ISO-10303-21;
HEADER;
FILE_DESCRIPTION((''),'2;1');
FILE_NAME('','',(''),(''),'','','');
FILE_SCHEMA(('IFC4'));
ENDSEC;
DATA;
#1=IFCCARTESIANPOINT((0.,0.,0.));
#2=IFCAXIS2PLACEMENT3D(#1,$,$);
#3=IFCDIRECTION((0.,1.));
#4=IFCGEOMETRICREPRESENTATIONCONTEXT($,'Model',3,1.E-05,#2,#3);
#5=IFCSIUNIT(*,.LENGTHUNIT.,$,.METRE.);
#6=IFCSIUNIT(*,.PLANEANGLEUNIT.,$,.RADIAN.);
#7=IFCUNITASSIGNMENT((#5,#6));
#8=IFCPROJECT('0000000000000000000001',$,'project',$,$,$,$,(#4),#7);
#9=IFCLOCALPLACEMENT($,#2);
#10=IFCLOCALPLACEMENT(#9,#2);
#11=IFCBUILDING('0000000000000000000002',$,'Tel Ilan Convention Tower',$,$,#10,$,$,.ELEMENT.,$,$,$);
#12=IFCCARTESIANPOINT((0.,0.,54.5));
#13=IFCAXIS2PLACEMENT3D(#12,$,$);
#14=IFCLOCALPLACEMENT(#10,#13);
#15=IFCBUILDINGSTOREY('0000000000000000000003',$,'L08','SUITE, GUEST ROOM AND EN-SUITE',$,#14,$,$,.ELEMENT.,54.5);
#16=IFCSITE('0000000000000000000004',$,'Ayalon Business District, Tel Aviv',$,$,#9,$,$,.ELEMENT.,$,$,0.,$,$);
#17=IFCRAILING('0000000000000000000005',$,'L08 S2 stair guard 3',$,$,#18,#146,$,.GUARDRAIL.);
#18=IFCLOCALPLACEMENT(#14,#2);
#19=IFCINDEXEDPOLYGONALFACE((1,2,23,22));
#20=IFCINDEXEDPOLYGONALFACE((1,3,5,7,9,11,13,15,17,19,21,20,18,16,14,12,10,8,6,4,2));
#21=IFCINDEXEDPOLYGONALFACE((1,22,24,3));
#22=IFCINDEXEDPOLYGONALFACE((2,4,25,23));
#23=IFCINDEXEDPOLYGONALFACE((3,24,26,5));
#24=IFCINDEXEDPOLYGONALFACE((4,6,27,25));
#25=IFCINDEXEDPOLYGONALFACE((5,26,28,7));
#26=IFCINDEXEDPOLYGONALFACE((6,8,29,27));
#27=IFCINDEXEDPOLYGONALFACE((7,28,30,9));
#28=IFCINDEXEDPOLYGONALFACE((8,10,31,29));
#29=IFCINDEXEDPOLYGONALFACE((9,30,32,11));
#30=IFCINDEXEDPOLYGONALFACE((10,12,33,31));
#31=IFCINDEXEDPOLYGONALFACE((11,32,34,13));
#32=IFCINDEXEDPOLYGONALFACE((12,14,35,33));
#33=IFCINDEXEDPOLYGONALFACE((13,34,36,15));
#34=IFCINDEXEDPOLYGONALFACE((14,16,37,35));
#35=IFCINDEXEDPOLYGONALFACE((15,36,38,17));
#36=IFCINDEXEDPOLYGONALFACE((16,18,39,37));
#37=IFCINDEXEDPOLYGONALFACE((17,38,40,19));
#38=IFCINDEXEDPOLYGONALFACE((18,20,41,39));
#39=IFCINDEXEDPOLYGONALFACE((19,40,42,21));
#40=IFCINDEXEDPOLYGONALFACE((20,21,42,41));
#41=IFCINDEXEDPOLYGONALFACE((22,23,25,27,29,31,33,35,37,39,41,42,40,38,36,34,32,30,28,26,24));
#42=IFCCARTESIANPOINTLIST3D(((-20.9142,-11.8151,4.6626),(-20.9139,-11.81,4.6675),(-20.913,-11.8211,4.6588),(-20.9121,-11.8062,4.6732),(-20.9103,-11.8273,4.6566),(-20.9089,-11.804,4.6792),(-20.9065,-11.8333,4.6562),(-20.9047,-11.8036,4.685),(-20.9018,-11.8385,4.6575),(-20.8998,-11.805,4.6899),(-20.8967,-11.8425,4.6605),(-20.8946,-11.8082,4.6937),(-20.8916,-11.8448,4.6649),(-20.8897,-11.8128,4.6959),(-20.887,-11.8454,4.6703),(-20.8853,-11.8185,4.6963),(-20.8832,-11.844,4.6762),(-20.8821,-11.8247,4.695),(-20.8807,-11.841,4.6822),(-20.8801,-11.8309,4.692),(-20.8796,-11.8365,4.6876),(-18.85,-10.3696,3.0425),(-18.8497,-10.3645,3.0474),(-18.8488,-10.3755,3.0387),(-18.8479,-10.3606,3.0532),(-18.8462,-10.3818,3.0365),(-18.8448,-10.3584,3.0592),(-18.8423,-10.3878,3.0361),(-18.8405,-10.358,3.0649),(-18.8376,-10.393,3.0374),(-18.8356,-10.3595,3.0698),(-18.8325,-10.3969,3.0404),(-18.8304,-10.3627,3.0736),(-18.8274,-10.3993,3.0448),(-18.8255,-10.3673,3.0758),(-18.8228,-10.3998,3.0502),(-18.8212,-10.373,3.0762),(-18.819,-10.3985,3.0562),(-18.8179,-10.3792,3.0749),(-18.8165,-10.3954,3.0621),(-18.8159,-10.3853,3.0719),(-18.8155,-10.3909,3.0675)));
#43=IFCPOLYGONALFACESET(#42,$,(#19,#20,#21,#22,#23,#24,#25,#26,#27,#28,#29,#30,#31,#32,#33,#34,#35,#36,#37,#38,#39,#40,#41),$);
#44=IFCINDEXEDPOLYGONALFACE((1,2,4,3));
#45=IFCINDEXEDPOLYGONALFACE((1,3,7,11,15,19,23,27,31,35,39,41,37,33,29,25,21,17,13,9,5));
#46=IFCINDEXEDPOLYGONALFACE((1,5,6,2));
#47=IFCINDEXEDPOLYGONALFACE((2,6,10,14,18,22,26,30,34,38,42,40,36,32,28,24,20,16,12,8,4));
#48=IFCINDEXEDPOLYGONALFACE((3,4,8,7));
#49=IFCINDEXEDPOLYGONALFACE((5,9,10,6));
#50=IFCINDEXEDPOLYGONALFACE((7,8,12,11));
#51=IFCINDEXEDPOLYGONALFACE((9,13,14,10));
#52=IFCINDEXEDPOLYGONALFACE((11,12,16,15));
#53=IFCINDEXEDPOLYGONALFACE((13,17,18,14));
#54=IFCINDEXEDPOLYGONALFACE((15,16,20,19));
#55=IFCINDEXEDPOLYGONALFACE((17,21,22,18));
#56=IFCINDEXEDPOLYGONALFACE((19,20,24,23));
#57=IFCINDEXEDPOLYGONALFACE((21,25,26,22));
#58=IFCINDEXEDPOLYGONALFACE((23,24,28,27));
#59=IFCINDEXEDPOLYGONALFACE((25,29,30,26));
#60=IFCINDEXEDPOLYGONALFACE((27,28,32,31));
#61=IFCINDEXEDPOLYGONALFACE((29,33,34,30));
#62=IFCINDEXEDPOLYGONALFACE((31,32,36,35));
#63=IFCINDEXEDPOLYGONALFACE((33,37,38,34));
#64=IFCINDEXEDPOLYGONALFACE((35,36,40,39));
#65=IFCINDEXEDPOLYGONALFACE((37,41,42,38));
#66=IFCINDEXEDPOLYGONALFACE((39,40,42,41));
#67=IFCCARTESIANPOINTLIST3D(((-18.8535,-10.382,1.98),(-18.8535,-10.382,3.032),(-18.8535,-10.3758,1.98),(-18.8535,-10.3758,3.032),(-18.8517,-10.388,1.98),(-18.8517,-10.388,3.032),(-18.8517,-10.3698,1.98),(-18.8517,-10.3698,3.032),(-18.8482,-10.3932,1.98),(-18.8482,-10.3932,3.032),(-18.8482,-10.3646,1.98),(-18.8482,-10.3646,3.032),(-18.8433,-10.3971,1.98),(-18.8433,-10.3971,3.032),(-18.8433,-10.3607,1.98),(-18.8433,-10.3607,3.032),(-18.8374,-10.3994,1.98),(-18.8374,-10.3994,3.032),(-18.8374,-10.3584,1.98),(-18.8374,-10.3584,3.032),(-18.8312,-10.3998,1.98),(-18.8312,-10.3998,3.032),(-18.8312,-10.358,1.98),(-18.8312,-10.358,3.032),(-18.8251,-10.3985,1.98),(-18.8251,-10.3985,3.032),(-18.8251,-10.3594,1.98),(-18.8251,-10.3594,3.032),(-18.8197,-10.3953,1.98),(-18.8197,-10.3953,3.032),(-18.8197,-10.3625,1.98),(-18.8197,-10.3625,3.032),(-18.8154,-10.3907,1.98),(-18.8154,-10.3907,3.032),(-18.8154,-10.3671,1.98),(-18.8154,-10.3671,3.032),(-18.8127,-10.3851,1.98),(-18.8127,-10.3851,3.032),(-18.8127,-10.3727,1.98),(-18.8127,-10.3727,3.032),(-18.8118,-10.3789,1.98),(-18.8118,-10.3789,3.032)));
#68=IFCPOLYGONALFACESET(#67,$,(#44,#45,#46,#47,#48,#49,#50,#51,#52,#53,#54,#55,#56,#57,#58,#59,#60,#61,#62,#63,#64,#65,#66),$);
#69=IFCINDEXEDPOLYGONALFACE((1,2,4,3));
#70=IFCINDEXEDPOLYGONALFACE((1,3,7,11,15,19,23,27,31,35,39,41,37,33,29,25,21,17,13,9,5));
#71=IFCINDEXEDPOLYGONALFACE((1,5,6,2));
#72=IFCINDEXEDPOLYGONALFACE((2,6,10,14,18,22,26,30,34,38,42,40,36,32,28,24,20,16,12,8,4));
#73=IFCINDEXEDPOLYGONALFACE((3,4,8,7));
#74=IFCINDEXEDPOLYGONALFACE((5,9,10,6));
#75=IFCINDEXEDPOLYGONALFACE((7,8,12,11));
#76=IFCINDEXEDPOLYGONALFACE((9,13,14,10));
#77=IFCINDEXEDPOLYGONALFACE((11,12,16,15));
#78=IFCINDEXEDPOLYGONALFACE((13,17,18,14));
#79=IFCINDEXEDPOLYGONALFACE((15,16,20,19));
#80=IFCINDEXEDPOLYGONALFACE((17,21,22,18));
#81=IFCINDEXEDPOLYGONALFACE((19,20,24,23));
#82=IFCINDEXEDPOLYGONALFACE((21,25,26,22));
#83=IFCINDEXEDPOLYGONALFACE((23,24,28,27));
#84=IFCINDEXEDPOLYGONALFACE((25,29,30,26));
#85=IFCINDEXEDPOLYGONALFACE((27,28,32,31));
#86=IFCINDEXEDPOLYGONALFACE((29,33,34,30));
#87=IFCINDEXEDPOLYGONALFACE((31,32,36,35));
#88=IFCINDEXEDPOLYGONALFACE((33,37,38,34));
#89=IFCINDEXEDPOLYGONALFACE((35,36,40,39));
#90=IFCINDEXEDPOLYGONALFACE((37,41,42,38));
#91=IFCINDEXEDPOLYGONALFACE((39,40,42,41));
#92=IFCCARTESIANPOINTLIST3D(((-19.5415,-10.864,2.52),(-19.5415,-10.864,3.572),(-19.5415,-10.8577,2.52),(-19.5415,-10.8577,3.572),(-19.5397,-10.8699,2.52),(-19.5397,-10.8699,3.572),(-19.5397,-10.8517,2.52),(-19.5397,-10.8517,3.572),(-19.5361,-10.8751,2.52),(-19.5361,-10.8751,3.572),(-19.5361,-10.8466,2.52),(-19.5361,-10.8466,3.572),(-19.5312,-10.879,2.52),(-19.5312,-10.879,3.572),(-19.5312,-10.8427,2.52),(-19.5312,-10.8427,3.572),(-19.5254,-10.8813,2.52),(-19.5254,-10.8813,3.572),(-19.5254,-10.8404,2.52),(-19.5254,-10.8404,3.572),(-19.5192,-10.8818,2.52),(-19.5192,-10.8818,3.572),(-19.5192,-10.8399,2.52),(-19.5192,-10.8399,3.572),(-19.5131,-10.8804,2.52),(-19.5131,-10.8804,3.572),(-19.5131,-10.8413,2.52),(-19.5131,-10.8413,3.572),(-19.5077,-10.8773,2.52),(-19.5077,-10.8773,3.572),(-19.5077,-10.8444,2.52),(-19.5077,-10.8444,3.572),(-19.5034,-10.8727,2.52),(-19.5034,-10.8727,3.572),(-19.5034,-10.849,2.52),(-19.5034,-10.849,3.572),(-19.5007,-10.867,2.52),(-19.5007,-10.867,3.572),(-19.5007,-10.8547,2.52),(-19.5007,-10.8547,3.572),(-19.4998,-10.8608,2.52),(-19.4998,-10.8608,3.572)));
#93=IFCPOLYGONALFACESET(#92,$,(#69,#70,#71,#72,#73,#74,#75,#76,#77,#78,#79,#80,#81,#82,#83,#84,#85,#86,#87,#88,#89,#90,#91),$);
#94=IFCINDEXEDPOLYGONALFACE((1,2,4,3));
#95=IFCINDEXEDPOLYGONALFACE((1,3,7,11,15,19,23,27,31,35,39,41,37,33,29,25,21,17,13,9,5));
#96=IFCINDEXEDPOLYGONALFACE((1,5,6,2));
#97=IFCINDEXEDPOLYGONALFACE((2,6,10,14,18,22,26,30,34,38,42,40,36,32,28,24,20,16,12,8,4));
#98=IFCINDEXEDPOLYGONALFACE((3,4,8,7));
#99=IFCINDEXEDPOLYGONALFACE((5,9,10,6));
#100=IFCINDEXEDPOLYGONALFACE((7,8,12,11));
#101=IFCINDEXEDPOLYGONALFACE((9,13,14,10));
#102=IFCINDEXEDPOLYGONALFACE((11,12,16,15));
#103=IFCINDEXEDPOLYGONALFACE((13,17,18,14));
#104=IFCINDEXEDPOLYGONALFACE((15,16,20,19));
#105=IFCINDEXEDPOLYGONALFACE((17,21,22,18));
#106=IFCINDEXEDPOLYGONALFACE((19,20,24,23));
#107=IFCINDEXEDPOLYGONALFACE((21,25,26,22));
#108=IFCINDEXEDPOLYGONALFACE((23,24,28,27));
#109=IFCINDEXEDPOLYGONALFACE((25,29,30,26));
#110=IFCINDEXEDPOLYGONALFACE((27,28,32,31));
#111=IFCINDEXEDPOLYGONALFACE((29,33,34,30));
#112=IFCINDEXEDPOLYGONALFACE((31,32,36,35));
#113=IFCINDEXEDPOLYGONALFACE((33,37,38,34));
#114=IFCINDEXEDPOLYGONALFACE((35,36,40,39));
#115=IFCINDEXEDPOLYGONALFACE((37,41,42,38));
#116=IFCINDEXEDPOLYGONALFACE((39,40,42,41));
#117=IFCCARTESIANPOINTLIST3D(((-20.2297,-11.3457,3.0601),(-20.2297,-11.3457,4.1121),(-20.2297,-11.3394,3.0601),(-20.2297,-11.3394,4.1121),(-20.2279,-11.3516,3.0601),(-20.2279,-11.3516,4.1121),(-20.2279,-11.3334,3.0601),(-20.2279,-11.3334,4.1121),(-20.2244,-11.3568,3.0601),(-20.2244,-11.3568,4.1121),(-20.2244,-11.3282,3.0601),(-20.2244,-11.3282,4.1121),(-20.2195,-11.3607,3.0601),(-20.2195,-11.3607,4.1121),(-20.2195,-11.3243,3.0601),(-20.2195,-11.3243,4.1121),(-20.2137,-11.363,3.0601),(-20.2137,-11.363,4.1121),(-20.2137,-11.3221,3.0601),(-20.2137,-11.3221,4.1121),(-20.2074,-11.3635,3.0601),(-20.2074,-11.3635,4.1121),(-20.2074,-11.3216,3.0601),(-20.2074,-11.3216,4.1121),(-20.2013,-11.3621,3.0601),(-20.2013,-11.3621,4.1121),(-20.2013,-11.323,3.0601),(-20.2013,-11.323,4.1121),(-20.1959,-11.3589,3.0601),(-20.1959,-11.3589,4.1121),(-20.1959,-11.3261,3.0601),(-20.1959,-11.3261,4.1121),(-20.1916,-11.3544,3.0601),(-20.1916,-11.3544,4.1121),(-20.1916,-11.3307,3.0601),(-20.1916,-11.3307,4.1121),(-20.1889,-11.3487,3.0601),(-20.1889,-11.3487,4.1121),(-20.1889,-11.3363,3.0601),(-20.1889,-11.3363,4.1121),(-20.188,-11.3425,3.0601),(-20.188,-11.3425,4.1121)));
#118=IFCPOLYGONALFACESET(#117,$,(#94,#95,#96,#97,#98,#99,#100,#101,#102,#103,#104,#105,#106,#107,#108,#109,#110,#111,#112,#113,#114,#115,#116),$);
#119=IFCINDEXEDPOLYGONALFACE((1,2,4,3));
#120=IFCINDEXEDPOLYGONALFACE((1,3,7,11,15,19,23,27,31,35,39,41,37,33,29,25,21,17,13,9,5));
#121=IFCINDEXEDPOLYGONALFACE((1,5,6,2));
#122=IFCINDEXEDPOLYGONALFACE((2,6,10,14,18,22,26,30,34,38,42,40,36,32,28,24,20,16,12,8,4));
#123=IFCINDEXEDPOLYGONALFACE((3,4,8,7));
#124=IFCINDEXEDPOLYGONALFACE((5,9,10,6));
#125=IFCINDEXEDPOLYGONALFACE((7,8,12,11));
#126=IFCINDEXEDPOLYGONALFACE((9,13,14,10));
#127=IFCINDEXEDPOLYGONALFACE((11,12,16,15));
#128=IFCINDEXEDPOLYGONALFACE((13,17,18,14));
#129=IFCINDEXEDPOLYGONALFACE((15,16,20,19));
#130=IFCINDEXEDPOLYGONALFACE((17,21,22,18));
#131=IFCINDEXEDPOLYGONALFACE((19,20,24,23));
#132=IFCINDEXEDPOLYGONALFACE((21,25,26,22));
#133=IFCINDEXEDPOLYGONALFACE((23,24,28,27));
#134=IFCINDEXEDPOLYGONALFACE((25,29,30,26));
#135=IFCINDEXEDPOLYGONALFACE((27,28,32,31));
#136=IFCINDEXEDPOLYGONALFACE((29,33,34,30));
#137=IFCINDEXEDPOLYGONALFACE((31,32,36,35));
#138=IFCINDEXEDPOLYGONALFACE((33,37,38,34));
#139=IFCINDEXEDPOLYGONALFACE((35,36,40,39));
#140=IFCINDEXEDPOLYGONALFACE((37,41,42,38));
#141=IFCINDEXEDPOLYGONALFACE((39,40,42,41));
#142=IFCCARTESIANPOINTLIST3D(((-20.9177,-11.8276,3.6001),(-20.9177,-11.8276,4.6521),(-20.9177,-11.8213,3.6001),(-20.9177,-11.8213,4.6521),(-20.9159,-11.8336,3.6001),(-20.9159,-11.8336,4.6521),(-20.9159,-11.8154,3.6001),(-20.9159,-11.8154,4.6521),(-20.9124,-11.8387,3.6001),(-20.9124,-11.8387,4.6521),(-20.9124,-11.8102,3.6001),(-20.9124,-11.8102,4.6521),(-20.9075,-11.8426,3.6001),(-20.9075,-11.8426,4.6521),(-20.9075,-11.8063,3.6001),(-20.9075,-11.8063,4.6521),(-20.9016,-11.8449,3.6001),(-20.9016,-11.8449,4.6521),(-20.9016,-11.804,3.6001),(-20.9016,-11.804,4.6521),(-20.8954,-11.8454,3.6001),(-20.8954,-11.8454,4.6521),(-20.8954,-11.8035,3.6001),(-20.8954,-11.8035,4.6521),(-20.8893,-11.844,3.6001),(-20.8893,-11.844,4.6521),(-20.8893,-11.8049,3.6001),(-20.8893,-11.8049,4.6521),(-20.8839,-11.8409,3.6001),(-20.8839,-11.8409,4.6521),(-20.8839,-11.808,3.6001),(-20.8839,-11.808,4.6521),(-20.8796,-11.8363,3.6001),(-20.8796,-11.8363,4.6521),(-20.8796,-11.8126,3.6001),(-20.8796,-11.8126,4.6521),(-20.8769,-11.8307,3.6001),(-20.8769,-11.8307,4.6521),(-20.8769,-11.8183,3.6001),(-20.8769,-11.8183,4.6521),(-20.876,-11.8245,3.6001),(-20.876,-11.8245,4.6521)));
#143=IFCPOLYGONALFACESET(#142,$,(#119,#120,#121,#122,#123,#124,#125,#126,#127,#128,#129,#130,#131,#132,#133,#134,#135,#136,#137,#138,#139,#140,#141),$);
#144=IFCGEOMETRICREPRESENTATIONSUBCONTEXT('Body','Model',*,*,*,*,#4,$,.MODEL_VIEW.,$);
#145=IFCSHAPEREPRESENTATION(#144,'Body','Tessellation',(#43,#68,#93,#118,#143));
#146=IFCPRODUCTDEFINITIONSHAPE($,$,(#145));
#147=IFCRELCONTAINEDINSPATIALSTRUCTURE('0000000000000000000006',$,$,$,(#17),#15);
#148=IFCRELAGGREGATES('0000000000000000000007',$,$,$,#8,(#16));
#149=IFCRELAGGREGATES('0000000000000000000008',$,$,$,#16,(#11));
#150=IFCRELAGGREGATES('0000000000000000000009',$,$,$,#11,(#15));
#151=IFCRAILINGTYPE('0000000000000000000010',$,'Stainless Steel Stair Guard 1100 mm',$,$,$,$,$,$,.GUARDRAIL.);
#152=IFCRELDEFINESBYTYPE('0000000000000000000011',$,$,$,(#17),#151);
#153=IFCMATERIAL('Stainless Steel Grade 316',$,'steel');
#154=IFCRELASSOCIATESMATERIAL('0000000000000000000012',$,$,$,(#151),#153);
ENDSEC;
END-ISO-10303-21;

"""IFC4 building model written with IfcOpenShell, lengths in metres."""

from ifc_helpers import new_model, si_unit, direction, frame, origin, origin_2d, place, context, subcontext, project, spatial, circle, extrude, material, type_object, element, save


model = new_model("IFC4")

# Units and contexts
model_context = context("Model", 3, precision=1e-05, world=origin(), true_north=direction((0.0, 1.0)))
body_context = subcontext(model_context, "Body", "Model", "MODEL_VIEW")
ifc_project = project(units=[si_unit("LENGTHUNIT", "METRE"), si_unit("PLANEANGLEUNIT", "RADIAN")], contexts=[model_context])

# Site, building, storey
site_placement = place(None, origin())
site = spatial("IfcSite", under=ifc_project, at=site_placement, Name="Ayalon Business District, Tel Aviv", CompositionType="ELEMENT", RefElevation=0.0)
building_placement = place(site_placement, origin())
building = spatial("IfcBuilding", under=site, at=building_placement, Name="Tel Ilan Convention Tower", CompositionType="ELEMENT")
storey_placement = place(building_placement, frame((0.0, 0.0, 54.5)))
storey = spatial("IfcBuildingStorey", under=building, at=storey_placement, Name="L08", Description="SUITE, GUEST ROOM AND EN-SUITE", CompositionType="ELEMENT", Elevation=54.5)

# Railing
ifc_material_1 = material(Name="Stainless Steel Grade 316", Category="steel")
railing_type_1 = type_object("IfcRailingType", Name="Stainless Steel Stair Guard 1100 mm", PredefinedType="GUARDRAIL", material=ifc_material_1)
railing_1_placement = place(storey_placement, frame((-18.8328, -10.3789, 1.98)))
element("IfcRailing", 1, at=railing_1_placement, inside=storey, type_object=railing_type_1, Name="L08 S2 stair guard 3", PredefinedType="GUARDRAIL", context=body_context, shape_type="SweptSolid", body=[
    extrude(circle(Radius=0.0239, at=origin_2d()), frame((0.0, 0.0, 1.0762), z_axis=(-0.689013, -0.482513, 0.540779), x_axis=(0.573625, -0.819118, 0.0)), (0.0, 0.0, 1.0), 2.9958),
    extrude(circle(Radius=0.021, at=origin_2d()), origin(), (0.0, 0.0, 1.0), 1.052),
    extrude(circle(Radius=0.021, at=origin_2d()), frame((-0.688, -0.4819, 0.54)), (0.0, 0.0, 1.0), 1.052),
    extrude(circle(Radius=0.021, at=origin_2d()), frame((-1.3762, -0.9636, 1.0801)), (0.0, 0.0, 1.0), 1.052),
    extrude(circle(Radius=0.021, at=origin_2d()), frame((-2.0642, -1.4456, 1.6201)), (0.0, 0.0, 1.0), 1.052),
])

save(model, "model.ifc")
